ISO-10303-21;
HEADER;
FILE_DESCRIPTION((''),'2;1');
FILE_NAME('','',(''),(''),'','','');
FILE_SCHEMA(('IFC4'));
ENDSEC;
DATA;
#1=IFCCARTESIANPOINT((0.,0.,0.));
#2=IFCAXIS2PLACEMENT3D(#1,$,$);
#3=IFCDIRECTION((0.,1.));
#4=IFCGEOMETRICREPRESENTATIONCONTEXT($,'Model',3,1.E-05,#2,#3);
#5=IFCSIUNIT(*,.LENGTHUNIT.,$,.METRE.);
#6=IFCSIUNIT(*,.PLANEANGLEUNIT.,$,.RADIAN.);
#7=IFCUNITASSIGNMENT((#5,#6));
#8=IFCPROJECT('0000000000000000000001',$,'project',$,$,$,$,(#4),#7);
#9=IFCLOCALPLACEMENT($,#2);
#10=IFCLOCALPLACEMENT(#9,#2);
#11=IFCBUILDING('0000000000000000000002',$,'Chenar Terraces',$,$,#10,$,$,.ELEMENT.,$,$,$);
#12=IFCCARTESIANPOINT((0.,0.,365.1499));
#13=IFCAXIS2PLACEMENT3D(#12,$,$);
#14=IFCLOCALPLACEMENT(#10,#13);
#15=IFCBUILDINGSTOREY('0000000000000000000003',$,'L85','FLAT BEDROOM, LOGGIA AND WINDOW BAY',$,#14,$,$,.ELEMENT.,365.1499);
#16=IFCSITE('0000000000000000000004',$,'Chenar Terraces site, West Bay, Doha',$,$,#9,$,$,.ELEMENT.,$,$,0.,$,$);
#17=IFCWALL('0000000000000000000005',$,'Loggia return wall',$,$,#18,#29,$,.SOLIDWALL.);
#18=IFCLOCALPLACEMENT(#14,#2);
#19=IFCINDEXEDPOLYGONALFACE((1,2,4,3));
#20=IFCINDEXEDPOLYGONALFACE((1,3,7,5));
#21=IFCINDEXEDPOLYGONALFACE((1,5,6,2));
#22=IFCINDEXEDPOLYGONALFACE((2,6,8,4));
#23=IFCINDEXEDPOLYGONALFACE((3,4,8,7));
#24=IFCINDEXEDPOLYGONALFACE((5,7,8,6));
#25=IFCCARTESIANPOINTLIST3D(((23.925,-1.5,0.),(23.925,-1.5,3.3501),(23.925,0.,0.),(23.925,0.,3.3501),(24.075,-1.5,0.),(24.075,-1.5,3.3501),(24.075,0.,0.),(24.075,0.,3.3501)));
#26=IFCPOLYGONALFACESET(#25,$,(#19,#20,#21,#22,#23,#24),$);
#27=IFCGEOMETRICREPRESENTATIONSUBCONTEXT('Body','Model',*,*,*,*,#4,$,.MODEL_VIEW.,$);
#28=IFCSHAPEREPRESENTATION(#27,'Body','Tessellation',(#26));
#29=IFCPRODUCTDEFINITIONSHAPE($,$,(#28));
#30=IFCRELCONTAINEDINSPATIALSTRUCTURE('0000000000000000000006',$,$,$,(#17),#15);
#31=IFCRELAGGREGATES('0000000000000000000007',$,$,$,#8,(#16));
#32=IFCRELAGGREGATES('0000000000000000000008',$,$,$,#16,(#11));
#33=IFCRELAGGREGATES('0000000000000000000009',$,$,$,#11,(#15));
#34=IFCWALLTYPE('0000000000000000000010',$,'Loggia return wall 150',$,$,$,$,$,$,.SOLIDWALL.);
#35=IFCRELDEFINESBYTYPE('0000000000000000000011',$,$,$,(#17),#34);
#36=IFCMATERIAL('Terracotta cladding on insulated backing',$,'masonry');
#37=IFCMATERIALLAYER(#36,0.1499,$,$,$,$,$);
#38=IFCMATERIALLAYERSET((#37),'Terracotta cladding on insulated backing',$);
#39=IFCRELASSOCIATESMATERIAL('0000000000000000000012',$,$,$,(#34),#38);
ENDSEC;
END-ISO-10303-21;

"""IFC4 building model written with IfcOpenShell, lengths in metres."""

from ifc_helpers import new_model, si_unit, direction, frame, frame_2d, origin, place, context, subcontext, project, spatial, rectangle, extrude, material, layer, layer_set, type_object, element, save


model = new_model("IFC4")

# Units and contexts
model_context = context("Model", 3, precision=1e-05, world=origin(), true_north=direction((0.0, 1.0)))
body_context = subcontext(model_context, "Body", "Model", "MODEL_VIEW")
ifc_project = project(units=[si_unit("LENGTHUNIT", "METRE"), si_unit("PLANEANGLEUNIT", "RADIAN")], contexts=[model_context])

# Site, building, storey
site_placement = place(None, origin())
site = spatial("IfcSite", under=ifc_project, at=site_placement, Name="Chenar Terraces site, West Bay, Doha", CompositionType="ELEMENT", RefElevation=0.0)
building_placement = place(site_placement, origin())
building = spatial("IfcBuilding", under=site, at=building_placement, Name="Chenar Terraces", CompositionType="ELEMENT")
storey_placement = place(building_placement, frame((0.0, 0.0, 365.1499)))
storey = spatial("IfcBuildingStorey", under=building, at=storey_placement, Name="L85", Description="FLAT BEDROOM, LOGGIA AND WINDOW BAY", CompositionType="ELEMENT", Elevation=365.1499)

# Wall
ifc_material_1 = material(Name="Terracotta cladding on insulated backing", Category="masonry")
ifc_layer_1 = layer(ifc_material_1, 0.1499)
ifc_layer_set_1 = layer_set([ifc_layer_1], Name="Terracotta cladding on insulated backing")
wall_type_1 = type_object("IfcWallType", Name="Loggia return wall 150", PredefinedType="SOLIDWALL", material=ifc_layer_set_1)
wall_1_placement = place(storey_placement, frame((24.0, -1.5, 0.0), z_axis=(0.0, 0.0, 1.0), x_axis=(0.0, 1.0, 0.0)))
element("IfcWall", 1, at=wall_1_placement, inside=storey, type_object=wall_type_1, Name="Loggia return wall", PredefinedType="SOLIDWALL", context=body_context, shape_type="SweptSolid", body=[
    extrude(rectangle(XDim=1.5, YDim=0.1499, at=frame_2d((0.75, 0.0))), origin(), (0.0, 0.0, 1.0), 3.3501),
])

save(model, "model.ifc")
